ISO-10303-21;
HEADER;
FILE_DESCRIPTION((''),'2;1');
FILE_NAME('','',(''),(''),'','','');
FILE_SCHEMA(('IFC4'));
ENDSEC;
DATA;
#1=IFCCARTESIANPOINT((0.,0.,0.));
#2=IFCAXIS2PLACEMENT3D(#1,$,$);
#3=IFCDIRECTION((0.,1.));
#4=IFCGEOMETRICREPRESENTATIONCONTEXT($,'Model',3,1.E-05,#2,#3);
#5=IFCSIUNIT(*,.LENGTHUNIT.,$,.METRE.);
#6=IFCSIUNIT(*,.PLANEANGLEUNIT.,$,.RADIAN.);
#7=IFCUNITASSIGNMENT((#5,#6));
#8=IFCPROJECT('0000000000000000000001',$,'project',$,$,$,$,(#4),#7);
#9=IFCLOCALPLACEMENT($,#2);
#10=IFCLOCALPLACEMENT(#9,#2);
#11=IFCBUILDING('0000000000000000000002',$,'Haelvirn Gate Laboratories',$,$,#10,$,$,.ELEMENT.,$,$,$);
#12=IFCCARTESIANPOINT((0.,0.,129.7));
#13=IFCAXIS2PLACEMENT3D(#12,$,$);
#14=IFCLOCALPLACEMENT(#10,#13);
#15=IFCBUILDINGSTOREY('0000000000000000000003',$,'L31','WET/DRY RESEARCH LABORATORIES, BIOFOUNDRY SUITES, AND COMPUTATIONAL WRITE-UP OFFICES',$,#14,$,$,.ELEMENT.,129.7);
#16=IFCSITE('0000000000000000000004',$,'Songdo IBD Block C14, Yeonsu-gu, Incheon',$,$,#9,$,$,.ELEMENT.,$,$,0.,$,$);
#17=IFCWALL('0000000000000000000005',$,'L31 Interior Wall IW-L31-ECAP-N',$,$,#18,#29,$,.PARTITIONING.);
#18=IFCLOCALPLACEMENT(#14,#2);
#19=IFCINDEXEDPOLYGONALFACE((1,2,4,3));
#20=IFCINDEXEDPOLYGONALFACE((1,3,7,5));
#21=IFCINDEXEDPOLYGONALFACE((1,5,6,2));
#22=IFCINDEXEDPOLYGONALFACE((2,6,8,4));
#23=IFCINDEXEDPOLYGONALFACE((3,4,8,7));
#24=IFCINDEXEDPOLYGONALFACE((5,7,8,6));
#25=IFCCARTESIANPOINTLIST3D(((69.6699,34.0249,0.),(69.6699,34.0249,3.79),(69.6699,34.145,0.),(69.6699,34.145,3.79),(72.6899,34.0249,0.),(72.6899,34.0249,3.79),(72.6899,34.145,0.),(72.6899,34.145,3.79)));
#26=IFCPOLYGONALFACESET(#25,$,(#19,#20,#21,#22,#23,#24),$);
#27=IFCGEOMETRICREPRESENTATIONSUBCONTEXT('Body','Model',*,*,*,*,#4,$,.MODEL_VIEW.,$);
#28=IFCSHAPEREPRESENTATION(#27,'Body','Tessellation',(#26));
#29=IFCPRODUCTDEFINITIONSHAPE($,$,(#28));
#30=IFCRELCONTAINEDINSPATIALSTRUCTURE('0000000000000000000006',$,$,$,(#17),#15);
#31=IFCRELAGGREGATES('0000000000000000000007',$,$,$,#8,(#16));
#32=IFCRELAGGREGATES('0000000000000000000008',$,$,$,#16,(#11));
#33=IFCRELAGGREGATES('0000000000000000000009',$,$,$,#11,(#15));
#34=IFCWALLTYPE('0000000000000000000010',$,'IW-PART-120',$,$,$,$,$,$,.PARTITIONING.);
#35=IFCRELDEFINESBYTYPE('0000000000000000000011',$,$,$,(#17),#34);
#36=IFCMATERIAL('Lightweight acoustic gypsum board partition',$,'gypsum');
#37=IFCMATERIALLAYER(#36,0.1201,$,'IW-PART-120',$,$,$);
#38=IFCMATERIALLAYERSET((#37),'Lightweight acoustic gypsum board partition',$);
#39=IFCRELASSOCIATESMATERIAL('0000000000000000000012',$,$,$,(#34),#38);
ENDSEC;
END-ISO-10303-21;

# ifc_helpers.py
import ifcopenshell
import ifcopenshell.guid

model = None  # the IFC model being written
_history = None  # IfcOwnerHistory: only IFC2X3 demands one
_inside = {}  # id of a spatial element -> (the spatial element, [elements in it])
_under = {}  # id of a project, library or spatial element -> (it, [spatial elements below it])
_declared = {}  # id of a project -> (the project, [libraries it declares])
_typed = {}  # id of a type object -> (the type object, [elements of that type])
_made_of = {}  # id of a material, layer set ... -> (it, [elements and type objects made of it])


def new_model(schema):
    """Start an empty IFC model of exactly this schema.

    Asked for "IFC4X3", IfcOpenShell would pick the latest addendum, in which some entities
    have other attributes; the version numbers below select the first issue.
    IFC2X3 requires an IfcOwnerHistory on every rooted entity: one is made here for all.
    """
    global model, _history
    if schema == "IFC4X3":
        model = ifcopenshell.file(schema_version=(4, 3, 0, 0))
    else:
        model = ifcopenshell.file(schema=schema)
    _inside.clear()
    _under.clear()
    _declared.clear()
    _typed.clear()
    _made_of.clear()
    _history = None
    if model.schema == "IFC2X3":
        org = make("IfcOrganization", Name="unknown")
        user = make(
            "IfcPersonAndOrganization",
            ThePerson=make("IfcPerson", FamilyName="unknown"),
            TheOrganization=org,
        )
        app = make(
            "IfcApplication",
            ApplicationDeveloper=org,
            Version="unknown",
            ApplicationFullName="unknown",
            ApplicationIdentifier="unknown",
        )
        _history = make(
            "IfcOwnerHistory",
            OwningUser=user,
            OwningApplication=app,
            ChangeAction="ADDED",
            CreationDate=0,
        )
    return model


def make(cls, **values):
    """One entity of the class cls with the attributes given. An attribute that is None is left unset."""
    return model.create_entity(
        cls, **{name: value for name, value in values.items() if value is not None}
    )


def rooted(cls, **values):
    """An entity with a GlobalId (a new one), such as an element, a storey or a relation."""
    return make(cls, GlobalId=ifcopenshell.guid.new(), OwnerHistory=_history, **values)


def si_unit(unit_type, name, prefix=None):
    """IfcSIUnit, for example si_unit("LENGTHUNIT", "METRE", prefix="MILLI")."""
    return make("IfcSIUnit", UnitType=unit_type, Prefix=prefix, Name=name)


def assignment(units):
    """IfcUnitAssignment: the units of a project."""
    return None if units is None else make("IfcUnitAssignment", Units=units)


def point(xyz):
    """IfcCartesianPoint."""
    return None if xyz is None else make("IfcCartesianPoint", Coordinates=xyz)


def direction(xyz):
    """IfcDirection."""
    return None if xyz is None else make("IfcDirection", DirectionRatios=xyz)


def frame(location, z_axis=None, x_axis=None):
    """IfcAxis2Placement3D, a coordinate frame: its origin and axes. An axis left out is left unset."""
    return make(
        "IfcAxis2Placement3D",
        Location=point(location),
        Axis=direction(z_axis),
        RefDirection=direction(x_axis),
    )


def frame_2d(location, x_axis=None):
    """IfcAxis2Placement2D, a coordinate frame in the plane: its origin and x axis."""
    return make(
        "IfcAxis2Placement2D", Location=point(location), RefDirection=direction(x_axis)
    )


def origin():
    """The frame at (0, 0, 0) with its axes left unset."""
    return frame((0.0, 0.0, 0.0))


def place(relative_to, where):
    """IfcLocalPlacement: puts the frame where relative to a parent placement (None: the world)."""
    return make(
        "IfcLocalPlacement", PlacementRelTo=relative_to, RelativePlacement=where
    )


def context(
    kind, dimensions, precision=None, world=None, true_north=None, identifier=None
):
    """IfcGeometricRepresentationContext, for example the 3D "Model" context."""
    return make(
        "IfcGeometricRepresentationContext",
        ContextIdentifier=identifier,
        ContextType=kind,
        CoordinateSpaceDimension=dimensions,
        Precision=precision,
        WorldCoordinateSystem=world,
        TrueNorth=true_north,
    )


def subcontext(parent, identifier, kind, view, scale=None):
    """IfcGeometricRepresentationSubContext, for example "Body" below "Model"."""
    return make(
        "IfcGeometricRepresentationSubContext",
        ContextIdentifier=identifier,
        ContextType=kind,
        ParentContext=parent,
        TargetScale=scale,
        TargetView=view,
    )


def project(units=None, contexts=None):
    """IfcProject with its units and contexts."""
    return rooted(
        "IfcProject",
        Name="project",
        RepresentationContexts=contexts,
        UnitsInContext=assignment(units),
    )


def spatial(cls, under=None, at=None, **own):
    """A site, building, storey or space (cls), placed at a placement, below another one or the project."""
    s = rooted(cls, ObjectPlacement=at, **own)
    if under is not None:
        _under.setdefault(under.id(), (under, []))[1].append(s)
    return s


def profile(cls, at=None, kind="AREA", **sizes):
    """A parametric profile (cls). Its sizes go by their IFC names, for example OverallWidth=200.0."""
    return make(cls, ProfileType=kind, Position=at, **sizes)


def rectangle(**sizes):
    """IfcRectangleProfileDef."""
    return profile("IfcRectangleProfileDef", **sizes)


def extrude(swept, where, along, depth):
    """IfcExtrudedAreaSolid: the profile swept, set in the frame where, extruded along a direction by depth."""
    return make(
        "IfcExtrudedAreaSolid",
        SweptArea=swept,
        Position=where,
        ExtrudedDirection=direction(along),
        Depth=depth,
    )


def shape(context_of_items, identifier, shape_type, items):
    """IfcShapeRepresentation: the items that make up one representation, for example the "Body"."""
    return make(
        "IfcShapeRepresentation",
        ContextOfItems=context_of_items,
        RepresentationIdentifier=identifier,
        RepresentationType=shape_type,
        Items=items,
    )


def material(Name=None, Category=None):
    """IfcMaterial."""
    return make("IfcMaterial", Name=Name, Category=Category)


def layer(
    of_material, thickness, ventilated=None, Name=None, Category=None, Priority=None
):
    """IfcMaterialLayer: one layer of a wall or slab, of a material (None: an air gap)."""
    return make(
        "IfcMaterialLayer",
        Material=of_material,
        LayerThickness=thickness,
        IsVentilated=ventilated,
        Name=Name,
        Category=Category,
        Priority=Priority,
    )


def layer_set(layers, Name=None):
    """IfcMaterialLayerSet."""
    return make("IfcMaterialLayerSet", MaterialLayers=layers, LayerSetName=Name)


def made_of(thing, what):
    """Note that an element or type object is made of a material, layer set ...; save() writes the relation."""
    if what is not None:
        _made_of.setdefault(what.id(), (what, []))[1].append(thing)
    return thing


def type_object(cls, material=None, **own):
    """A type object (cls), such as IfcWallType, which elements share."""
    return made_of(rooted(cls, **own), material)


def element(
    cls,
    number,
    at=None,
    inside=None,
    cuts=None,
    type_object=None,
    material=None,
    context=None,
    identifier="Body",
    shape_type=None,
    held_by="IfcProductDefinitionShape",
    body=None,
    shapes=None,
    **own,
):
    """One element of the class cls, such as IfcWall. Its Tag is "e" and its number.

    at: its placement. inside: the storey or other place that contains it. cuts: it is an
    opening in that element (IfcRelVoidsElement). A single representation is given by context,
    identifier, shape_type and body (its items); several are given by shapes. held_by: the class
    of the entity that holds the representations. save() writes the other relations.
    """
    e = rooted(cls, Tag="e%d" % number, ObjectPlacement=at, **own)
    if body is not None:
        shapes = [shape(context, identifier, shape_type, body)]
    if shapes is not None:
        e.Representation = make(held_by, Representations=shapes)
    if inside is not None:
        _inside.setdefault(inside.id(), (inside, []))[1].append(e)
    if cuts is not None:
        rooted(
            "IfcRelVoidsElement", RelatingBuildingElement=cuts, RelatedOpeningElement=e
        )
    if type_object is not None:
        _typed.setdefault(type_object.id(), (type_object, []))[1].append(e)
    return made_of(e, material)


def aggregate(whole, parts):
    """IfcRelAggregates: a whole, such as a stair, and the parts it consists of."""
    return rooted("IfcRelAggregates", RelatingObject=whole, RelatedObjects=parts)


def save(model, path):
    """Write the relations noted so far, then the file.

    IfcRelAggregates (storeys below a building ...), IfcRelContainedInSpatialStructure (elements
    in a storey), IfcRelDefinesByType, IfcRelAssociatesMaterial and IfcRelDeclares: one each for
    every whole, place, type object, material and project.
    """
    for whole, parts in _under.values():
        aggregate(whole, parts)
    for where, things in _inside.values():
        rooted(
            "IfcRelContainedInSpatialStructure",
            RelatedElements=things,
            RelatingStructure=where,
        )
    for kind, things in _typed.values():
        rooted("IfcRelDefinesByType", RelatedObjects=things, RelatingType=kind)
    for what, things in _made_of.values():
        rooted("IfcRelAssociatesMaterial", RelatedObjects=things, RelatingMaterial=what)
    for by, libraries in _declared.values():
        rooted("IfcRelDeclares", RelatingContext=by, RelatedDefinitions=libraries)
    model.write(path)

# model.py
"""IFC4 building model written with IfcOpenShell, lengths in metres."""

from ifc_helpers import new_model, si_unit, direction, frame, frame_2d, origin, place, context, subcontext, project, spatial, rectangle, extrude, material, layer, layer_set, type_object, element, save


model = new_model("IFC4")

# Units and contexts
model_context = context("Model", 3, precision=1e-05, world=origin(), true_north=direction((0.0, 1.0)))
body_context = subcontext(model_context, "Body", "Model", "MODEL_VIEW")
ifc_project = project(units=[si_unit("LENGTHUNIT", "METRE"), si_unit("PLANEANGLEUNIT", "RADIAN")], contexts=[model_context])

# Site, building, storey
site_placement = place(None, origin())
site = spatial("IfcSite", under=ifc_project, at=site_placement, Name="Songdo IBD Block C14, Yeonsu-gu, Incheon", CompositionType="ELEMENT", RefElevation=0.0)
building_placement = place(site_placement, origin())
building = spatial("IfcBuilding", under=site, at=building_placement, Name="Haelvirn Gate Laboratories", CompositionType="ELEMENT")
storey_placement = place(building_placement, frame((0.0, 0.0, 129.7)))
storey = spatial("IfcBuildingStorey", under=building, at=storey_placement, Name="L31", Description="WET/DRY RESEARCH LABORATORIES, BIOFOUNDRY SUITES, AND COMPUTATIONAL WRITE-UP OFFICES", CompositionType="ELEMENT", Elevation=129.7)

# Wall
ifc_material_1 = material(Name="Lightweight acoustic gypsum board partition", Category="gypsum")
ifc_layer_1 = layer(ifc_material_1, 0.1201, Name="IW-PART-120")
ifc_layer_set_1 = layer_set([ifc_layer_1], Name="Lightweight acoustic gypsum board partition")
wall_type_1 = type_object("IfcWallType", Name="IW-PART-120", PredefinedType="PARTITIONING", material=ifc_layer_set_1)
wall_1_placement = place(storey_placement, frame((69.6699, 34.085, 0.0), z_axis=(0.0, 0.0, 1.0), x_axis=(1.0, 0.0, 0.0)))
element("IfcWall", 1, at=wall_1_placement, inside=storey, type_object=wall_type_1, Name="L31 Interior Wall IW-L31-ECAP-N", PredefinedType="PARTITIONING", context=body_context, shape_type="SweptSolid", body=[
    extrude(rectangle(XDim=3.02, YDim=0.1201, at=frame_2d((1.51, 0.0))), origin(), (0.0, 0.0, 1.0), 3.79),
])

save(model, "model.ifc")
